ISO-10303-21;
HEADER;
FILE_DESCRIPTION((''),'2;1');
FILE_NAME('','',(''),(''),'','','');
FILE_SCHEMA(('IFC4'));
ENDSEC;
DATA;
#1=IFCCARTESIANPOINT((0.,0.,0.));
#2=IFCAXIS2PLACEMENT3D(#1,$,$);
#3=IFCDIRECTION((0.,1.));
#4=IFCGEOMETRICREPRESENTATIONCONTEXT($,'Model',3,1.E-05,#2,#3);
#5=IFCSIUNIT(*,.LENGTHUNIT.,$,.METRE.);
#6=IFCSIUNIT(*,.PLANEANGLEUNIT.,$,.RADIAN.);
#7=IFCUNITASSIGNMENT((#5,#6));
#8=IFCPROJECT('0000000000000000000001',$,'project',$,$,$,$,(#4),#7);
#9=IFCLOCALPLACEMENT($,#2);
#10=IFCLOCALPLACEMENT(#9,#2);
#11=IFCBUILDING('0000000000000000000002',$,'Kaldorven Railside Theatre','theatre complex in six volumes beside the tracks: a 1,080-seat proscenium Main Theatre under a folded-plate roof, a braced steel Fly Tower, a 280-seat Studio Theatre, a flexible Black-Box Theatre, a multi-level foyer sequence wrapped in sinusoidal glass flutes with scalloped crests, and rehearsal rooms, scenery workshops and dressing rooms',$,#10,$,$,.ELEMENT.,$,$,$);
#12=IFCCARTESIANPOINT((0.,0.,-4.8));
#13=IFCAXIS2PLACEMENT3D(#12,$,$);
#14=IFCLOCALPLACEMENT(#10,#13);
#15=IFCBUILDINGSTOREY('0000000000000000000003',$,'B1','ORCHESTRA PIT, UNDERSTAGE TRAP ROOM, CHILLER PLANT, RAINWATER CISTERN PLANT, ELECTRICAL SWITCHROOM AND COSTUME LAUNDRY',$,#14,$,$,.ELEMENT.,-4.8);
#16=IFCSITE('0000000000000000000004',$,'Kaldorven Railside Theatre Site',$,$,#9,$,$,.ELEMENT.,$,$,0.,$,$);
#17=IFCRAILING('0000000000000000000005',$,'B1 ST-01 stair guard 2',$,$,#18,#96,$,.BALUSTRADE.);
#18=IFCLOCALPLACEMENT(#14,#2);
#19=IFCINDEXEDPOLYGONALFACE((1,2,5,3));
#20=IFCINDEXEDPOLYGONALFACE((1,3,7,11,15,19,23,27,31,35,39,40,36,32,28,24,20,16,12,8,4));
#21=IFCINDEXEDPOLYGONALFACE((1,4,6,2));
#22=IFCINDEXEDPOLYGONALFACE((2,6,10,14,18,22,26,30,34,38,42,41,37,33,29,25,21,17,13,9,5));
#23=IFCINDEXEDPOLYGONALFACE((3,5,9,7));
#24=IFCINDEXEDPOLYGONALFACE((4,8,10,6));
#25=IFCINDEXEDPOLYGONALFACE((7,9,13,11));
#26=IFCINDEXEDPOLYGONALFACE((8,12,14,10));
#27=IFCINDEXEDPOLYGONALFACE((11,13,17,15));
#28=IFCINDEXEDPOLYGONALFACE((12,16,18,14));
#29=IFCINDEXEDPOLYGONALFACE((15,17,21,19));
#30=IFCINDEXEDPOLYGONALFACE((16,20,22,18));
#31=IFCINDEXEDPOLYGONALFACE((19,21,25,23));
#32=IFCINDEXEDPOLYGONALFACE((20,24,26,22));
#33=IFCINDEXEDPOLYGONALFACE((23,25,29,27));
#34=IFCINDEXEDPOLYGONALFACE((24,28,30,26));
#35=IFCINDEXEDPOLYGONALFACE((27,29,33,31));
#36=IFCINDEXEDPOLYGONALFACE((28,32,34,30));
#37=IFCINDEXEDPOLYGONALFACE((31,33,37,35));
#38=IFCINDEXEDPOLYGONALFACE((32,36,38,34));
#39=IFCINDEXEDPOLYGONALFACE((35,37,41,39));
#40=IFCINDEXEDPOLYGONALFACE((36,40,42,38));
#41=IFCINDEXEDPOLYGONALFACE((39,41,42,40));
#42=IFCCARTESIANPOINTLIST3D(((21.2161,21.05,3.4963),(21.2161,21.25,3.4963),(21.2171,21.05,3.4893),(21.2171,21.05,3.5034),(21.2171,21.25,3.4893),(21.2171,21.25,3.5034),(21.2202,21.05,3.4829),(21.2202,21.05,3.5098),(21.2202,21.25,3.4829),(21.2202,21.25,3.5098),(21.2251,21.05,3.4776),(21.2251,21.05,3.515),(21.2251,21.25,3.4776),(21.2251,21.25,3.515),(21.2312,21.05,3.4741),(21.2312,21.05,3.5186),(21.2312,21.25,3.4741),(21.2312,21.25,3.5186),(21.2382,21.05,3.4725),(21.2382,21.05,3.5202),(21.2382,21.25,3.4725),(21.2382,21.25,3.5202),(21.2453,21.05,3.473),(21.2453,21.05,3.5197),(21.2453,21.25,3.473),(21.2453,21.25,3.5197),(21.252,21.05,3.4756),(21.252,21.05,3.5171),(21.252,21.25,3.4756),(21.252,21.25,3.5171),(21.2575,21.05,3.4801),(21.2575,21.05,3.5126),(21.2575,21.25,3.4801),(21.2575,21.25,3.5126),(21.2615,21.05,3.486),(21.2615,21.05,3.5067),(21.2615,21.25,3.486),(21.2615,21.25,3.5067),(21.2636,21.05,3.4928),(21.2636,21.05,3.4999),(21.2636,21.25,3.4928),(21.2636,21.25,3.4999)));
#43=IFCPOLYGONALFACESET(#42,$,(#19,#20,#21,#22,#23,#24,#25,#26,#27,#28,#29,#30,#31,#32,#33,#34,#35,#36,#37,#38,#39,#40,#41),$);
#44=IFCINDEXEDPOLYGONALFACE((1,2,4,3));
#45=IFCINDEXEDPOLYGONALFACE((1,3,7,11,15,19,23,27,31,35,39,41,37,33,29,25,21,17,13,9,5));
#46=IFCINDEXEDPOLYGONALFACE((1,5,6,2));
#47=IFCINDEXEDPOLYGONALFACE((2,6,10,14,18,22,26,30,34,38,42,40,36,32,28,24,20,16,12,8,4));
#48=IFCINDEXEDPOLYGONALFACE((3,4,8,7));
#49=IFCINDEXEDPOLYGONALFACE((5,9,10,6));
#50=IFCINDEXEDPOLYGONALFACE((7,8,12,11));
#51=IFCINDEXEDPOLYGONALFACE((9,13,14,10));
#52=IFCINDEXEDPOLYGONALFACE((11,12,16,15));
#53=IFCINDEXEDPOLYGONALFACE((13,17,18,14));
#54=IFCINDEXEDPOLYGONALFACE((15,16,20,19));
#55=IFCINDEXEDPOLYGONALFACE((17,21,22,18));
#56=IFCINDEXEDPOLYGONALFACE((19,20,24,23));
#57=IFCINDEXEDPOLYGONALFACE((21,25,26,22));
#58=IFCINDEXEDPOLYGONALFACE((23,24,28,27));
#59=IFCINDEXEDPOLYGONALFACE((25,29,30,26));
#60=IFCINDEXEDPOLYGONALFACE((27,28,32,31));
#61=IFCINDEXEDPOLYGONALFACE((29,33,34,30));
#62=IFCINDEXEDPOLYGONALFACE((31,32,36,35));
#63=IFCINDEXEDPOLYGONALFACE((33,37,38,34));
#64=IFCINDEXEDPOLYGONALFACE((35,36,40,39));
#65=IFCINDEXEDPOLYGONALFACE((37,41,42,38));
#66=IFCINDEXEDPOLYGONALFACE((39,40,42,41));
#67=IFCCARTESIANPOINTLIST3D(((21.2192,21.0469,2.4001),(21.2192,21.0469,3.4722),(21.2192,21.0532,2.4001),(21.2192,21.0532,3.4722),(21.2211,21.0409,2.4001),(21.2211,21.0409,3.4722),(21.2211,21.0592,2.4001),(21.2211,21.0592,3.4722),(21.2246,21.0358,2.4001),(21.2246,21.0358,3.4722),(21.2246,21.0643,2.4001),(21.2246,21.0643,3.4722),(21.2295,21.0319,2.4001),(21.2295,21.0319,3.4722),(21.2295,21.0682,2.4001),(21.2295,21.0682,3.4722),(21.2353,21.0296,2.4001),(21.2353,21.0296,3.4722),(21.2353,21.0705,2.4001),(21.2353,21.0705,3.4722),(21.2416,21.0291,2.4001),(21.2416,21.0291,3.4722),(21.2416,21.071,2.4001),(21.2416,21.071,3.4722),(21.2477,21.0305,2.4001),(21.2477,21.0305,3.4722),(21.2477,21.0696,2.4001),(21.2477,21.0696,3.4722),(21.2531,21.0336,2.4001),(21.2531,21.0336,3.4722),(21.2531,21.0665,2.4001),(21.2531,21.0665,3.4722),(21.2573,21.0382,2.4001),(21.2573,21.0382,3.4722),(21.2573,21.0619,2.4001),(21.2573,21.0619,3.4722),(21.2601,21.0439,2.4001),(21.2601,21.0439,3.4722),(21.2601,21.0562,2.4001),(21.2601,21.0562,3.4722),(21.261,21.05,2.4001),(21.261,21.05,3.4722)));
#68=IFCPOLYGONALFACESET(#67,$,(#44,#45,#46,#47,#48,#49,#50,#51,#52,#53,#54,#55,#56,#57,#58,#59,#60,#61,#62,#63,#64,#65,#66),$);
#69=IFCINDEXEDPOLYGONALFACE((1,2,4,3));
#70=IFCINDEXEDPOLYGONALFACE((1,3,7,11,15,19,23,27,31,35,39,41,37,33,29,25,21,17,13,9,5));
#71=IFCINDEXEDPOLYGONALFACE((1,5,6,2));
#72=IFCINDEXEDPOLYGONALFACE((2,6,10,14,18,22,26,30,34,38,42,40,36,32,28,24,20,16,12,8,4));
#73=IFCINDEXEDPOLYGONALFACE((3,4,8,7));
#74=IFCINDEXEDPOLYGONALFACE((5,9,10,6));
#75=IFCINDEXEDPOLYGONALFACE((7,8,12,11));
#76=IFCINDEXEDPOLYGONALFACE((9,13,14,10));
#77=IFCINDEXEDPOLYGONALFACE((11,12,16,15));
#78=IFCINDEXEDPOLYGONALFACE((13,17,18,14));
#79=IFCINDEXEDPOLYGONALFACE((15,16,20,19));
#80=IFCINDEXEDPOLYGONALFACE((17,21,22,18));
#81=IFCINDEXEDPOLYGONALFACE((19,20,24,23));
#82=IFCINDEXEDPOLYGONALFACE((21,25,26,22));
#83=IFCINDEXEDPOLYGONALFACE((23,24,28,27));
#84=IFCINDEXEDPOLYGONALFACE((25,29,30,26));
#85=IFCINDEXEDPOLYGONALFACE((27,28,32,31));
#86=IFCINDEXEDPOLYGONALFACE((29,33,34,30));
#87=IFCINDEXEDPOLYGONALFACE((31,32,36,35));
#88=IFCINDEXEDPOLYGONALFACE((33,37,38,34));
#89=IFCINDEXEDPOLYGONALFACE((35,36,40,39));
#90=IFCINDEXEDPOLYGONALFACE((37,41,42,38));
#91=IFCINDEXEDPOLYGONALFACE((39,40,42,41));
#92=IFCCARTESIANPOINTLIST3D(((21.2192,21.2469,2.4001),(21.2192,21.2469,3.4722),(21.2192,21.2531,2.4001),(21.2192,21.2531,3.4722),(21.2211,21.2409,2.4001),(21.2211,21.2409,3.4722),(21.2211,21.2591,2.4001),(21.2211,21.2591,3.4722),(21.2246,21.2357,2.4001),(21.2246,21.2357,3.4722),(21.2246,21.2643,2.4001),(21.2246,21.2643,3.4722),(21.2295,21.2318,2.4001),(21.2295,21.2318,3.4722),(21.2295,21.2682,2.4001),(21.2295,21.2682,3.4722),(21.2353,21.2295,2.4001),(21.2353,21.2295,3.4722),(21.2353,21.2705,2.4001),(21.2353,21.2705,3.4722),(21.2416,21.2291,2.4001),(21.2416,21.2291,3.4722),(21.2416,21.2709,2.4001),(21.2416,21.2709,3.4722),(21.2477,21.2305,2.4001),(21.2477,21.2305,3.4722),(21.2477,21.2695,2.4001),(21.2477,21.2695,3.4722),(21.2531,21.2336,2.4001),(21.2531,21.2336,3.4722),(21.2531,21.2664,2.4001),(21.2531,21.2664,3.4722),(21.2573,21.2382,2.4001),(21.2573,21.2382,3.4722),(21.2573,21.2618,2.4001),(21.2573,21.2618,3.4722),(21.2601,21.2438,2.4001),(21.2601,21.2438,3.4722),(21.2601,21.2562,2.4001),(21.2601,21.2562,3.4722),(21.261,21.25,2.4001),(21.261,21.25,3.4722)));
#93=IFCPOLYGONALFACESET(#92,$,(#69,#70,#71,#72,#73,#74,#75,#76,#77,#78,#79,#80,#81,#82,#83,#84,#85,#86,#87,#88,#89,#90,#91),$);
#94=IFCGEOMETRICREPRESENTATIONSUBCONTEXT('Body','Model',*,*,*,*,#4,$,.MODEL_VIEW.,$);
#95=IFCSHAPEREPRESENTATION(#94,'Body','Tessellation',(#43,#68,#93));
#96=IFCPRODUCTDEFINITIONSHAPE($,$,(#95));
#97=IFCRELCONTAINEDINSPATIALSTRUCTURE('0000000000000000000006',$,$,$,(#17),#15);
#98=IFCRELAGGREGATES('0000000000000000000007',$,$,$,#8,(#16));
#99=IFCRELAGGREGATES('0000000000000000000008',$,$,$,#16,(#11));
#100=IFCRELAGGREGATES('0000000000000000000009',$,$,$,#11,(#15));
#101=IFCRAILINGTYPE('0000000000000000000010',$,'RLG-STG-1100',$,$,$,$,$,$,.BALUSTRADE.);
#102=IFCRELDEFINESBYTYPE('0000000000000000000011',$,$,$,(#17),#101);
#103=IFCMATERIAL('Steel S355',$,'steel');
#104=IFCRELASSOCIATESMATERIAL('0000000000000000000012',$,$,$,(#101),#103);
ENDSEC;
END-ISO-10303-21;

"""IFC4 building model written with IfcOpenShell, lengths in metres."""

from ifc_helpers import new_model, si_unit, direction, frame, origin, origin_2d, place, context, subcontext, project, spatial, circle, extrude, material, type_object, element, save


model = new_model("IFC4")

# Units and contexts
model_context = context("Model", 3, precision=1e-05, world=origin(), true_north=direction((0.0, 1.0)))
body_context = subcontext(model_context, "Body", "Model", "MODEL_VIEW")
ifc_project = project(units=[si_unit("LENGTHUNIT", "METRE"), si_unit("PLANEANGLEUNIT", "RADIAN")], contexts=[model_context])

# Site, building, storey
site_placement = place(None, origin())
site = spatial("IfcSite", under=ifc_project, at=site_placement, Name="Kaldorven Railside Theatre Site", CompositionType="ELEMENT", RefElevation=0.0)
building_placement = place(site_placement, origin())
building = spatial("IfcBuilding", under=site, at=building_placement, Name="Kaldorven Railside Theatre", Description="theatre complex in six volumes beside the tracks: a 1,080-seat proscenium Main Theatre under a folded-plate roof, a braced steel Fly Tower, a 280-seat Studio Theatre, a flexible Black-Box Theatre, a multi-level foyer sequence wrapped in sinusoidal glass flutes with scalloped crests, and rehearsal rooms, scenery workshops and dressing rooms", CompositionType="ELEMENT")
storey_placement = place(building_placement, frame((0.0, 0.0, -4.8)))
storey = spatial("IfcBuildingStorey", under=building, at=storey_placement, Name="B1", Description="ORCHESTRA PIT, UNDERSTAGE TRAP ROOM, CHILLER PLANT, RAINWATER CISTERN PLANT, ELECTRICAL SWITCHROOM AND COSTUME LAUNDRY", CompositionType="ELEMENT", Elevation=-4.8)

# Railing
ifc_material_1 = material(Name="Steel S355", Category="steel")
railing_type_1 = type_object("IfcRailingType", Name="RLG-STG-1100", PredefinedType="BALUSTRADE", material=ifc_material_1)
railing_1_placement = place(storey_placement, frame((21.24, 21.05, 2.4001)))
element("IfcRailing", 1, at=railing_1_placement, inside=storey, type_object=railing_type_1, Name="B1 ST-01 stair guard 2", PredefinedType="BALUSTRADE", context=body_context, shape_type="SweptSolid", body=[
    extrude(circle(Radius=0.0239, at=origin_2d()), frame((0.0, 0.0, 1.0962), z_axis=(0.0, 1.0, 0.0), x_axis=(-1.0, 0.0, 0.0)), (0.0, 0.0, 1.0), 0.2),
    extrude(circle(Radius=0.021, at=origin_2d()), origin(), (0.0, 0.0, 1.0), 1.072),
    extrude(circle(Radius=0.021, at=origin_2d()), frame((0.0, 0.2, 0.0)), (0.0, 0.0, 1.0), 1.072),
])

save(model, "model.ifc")
